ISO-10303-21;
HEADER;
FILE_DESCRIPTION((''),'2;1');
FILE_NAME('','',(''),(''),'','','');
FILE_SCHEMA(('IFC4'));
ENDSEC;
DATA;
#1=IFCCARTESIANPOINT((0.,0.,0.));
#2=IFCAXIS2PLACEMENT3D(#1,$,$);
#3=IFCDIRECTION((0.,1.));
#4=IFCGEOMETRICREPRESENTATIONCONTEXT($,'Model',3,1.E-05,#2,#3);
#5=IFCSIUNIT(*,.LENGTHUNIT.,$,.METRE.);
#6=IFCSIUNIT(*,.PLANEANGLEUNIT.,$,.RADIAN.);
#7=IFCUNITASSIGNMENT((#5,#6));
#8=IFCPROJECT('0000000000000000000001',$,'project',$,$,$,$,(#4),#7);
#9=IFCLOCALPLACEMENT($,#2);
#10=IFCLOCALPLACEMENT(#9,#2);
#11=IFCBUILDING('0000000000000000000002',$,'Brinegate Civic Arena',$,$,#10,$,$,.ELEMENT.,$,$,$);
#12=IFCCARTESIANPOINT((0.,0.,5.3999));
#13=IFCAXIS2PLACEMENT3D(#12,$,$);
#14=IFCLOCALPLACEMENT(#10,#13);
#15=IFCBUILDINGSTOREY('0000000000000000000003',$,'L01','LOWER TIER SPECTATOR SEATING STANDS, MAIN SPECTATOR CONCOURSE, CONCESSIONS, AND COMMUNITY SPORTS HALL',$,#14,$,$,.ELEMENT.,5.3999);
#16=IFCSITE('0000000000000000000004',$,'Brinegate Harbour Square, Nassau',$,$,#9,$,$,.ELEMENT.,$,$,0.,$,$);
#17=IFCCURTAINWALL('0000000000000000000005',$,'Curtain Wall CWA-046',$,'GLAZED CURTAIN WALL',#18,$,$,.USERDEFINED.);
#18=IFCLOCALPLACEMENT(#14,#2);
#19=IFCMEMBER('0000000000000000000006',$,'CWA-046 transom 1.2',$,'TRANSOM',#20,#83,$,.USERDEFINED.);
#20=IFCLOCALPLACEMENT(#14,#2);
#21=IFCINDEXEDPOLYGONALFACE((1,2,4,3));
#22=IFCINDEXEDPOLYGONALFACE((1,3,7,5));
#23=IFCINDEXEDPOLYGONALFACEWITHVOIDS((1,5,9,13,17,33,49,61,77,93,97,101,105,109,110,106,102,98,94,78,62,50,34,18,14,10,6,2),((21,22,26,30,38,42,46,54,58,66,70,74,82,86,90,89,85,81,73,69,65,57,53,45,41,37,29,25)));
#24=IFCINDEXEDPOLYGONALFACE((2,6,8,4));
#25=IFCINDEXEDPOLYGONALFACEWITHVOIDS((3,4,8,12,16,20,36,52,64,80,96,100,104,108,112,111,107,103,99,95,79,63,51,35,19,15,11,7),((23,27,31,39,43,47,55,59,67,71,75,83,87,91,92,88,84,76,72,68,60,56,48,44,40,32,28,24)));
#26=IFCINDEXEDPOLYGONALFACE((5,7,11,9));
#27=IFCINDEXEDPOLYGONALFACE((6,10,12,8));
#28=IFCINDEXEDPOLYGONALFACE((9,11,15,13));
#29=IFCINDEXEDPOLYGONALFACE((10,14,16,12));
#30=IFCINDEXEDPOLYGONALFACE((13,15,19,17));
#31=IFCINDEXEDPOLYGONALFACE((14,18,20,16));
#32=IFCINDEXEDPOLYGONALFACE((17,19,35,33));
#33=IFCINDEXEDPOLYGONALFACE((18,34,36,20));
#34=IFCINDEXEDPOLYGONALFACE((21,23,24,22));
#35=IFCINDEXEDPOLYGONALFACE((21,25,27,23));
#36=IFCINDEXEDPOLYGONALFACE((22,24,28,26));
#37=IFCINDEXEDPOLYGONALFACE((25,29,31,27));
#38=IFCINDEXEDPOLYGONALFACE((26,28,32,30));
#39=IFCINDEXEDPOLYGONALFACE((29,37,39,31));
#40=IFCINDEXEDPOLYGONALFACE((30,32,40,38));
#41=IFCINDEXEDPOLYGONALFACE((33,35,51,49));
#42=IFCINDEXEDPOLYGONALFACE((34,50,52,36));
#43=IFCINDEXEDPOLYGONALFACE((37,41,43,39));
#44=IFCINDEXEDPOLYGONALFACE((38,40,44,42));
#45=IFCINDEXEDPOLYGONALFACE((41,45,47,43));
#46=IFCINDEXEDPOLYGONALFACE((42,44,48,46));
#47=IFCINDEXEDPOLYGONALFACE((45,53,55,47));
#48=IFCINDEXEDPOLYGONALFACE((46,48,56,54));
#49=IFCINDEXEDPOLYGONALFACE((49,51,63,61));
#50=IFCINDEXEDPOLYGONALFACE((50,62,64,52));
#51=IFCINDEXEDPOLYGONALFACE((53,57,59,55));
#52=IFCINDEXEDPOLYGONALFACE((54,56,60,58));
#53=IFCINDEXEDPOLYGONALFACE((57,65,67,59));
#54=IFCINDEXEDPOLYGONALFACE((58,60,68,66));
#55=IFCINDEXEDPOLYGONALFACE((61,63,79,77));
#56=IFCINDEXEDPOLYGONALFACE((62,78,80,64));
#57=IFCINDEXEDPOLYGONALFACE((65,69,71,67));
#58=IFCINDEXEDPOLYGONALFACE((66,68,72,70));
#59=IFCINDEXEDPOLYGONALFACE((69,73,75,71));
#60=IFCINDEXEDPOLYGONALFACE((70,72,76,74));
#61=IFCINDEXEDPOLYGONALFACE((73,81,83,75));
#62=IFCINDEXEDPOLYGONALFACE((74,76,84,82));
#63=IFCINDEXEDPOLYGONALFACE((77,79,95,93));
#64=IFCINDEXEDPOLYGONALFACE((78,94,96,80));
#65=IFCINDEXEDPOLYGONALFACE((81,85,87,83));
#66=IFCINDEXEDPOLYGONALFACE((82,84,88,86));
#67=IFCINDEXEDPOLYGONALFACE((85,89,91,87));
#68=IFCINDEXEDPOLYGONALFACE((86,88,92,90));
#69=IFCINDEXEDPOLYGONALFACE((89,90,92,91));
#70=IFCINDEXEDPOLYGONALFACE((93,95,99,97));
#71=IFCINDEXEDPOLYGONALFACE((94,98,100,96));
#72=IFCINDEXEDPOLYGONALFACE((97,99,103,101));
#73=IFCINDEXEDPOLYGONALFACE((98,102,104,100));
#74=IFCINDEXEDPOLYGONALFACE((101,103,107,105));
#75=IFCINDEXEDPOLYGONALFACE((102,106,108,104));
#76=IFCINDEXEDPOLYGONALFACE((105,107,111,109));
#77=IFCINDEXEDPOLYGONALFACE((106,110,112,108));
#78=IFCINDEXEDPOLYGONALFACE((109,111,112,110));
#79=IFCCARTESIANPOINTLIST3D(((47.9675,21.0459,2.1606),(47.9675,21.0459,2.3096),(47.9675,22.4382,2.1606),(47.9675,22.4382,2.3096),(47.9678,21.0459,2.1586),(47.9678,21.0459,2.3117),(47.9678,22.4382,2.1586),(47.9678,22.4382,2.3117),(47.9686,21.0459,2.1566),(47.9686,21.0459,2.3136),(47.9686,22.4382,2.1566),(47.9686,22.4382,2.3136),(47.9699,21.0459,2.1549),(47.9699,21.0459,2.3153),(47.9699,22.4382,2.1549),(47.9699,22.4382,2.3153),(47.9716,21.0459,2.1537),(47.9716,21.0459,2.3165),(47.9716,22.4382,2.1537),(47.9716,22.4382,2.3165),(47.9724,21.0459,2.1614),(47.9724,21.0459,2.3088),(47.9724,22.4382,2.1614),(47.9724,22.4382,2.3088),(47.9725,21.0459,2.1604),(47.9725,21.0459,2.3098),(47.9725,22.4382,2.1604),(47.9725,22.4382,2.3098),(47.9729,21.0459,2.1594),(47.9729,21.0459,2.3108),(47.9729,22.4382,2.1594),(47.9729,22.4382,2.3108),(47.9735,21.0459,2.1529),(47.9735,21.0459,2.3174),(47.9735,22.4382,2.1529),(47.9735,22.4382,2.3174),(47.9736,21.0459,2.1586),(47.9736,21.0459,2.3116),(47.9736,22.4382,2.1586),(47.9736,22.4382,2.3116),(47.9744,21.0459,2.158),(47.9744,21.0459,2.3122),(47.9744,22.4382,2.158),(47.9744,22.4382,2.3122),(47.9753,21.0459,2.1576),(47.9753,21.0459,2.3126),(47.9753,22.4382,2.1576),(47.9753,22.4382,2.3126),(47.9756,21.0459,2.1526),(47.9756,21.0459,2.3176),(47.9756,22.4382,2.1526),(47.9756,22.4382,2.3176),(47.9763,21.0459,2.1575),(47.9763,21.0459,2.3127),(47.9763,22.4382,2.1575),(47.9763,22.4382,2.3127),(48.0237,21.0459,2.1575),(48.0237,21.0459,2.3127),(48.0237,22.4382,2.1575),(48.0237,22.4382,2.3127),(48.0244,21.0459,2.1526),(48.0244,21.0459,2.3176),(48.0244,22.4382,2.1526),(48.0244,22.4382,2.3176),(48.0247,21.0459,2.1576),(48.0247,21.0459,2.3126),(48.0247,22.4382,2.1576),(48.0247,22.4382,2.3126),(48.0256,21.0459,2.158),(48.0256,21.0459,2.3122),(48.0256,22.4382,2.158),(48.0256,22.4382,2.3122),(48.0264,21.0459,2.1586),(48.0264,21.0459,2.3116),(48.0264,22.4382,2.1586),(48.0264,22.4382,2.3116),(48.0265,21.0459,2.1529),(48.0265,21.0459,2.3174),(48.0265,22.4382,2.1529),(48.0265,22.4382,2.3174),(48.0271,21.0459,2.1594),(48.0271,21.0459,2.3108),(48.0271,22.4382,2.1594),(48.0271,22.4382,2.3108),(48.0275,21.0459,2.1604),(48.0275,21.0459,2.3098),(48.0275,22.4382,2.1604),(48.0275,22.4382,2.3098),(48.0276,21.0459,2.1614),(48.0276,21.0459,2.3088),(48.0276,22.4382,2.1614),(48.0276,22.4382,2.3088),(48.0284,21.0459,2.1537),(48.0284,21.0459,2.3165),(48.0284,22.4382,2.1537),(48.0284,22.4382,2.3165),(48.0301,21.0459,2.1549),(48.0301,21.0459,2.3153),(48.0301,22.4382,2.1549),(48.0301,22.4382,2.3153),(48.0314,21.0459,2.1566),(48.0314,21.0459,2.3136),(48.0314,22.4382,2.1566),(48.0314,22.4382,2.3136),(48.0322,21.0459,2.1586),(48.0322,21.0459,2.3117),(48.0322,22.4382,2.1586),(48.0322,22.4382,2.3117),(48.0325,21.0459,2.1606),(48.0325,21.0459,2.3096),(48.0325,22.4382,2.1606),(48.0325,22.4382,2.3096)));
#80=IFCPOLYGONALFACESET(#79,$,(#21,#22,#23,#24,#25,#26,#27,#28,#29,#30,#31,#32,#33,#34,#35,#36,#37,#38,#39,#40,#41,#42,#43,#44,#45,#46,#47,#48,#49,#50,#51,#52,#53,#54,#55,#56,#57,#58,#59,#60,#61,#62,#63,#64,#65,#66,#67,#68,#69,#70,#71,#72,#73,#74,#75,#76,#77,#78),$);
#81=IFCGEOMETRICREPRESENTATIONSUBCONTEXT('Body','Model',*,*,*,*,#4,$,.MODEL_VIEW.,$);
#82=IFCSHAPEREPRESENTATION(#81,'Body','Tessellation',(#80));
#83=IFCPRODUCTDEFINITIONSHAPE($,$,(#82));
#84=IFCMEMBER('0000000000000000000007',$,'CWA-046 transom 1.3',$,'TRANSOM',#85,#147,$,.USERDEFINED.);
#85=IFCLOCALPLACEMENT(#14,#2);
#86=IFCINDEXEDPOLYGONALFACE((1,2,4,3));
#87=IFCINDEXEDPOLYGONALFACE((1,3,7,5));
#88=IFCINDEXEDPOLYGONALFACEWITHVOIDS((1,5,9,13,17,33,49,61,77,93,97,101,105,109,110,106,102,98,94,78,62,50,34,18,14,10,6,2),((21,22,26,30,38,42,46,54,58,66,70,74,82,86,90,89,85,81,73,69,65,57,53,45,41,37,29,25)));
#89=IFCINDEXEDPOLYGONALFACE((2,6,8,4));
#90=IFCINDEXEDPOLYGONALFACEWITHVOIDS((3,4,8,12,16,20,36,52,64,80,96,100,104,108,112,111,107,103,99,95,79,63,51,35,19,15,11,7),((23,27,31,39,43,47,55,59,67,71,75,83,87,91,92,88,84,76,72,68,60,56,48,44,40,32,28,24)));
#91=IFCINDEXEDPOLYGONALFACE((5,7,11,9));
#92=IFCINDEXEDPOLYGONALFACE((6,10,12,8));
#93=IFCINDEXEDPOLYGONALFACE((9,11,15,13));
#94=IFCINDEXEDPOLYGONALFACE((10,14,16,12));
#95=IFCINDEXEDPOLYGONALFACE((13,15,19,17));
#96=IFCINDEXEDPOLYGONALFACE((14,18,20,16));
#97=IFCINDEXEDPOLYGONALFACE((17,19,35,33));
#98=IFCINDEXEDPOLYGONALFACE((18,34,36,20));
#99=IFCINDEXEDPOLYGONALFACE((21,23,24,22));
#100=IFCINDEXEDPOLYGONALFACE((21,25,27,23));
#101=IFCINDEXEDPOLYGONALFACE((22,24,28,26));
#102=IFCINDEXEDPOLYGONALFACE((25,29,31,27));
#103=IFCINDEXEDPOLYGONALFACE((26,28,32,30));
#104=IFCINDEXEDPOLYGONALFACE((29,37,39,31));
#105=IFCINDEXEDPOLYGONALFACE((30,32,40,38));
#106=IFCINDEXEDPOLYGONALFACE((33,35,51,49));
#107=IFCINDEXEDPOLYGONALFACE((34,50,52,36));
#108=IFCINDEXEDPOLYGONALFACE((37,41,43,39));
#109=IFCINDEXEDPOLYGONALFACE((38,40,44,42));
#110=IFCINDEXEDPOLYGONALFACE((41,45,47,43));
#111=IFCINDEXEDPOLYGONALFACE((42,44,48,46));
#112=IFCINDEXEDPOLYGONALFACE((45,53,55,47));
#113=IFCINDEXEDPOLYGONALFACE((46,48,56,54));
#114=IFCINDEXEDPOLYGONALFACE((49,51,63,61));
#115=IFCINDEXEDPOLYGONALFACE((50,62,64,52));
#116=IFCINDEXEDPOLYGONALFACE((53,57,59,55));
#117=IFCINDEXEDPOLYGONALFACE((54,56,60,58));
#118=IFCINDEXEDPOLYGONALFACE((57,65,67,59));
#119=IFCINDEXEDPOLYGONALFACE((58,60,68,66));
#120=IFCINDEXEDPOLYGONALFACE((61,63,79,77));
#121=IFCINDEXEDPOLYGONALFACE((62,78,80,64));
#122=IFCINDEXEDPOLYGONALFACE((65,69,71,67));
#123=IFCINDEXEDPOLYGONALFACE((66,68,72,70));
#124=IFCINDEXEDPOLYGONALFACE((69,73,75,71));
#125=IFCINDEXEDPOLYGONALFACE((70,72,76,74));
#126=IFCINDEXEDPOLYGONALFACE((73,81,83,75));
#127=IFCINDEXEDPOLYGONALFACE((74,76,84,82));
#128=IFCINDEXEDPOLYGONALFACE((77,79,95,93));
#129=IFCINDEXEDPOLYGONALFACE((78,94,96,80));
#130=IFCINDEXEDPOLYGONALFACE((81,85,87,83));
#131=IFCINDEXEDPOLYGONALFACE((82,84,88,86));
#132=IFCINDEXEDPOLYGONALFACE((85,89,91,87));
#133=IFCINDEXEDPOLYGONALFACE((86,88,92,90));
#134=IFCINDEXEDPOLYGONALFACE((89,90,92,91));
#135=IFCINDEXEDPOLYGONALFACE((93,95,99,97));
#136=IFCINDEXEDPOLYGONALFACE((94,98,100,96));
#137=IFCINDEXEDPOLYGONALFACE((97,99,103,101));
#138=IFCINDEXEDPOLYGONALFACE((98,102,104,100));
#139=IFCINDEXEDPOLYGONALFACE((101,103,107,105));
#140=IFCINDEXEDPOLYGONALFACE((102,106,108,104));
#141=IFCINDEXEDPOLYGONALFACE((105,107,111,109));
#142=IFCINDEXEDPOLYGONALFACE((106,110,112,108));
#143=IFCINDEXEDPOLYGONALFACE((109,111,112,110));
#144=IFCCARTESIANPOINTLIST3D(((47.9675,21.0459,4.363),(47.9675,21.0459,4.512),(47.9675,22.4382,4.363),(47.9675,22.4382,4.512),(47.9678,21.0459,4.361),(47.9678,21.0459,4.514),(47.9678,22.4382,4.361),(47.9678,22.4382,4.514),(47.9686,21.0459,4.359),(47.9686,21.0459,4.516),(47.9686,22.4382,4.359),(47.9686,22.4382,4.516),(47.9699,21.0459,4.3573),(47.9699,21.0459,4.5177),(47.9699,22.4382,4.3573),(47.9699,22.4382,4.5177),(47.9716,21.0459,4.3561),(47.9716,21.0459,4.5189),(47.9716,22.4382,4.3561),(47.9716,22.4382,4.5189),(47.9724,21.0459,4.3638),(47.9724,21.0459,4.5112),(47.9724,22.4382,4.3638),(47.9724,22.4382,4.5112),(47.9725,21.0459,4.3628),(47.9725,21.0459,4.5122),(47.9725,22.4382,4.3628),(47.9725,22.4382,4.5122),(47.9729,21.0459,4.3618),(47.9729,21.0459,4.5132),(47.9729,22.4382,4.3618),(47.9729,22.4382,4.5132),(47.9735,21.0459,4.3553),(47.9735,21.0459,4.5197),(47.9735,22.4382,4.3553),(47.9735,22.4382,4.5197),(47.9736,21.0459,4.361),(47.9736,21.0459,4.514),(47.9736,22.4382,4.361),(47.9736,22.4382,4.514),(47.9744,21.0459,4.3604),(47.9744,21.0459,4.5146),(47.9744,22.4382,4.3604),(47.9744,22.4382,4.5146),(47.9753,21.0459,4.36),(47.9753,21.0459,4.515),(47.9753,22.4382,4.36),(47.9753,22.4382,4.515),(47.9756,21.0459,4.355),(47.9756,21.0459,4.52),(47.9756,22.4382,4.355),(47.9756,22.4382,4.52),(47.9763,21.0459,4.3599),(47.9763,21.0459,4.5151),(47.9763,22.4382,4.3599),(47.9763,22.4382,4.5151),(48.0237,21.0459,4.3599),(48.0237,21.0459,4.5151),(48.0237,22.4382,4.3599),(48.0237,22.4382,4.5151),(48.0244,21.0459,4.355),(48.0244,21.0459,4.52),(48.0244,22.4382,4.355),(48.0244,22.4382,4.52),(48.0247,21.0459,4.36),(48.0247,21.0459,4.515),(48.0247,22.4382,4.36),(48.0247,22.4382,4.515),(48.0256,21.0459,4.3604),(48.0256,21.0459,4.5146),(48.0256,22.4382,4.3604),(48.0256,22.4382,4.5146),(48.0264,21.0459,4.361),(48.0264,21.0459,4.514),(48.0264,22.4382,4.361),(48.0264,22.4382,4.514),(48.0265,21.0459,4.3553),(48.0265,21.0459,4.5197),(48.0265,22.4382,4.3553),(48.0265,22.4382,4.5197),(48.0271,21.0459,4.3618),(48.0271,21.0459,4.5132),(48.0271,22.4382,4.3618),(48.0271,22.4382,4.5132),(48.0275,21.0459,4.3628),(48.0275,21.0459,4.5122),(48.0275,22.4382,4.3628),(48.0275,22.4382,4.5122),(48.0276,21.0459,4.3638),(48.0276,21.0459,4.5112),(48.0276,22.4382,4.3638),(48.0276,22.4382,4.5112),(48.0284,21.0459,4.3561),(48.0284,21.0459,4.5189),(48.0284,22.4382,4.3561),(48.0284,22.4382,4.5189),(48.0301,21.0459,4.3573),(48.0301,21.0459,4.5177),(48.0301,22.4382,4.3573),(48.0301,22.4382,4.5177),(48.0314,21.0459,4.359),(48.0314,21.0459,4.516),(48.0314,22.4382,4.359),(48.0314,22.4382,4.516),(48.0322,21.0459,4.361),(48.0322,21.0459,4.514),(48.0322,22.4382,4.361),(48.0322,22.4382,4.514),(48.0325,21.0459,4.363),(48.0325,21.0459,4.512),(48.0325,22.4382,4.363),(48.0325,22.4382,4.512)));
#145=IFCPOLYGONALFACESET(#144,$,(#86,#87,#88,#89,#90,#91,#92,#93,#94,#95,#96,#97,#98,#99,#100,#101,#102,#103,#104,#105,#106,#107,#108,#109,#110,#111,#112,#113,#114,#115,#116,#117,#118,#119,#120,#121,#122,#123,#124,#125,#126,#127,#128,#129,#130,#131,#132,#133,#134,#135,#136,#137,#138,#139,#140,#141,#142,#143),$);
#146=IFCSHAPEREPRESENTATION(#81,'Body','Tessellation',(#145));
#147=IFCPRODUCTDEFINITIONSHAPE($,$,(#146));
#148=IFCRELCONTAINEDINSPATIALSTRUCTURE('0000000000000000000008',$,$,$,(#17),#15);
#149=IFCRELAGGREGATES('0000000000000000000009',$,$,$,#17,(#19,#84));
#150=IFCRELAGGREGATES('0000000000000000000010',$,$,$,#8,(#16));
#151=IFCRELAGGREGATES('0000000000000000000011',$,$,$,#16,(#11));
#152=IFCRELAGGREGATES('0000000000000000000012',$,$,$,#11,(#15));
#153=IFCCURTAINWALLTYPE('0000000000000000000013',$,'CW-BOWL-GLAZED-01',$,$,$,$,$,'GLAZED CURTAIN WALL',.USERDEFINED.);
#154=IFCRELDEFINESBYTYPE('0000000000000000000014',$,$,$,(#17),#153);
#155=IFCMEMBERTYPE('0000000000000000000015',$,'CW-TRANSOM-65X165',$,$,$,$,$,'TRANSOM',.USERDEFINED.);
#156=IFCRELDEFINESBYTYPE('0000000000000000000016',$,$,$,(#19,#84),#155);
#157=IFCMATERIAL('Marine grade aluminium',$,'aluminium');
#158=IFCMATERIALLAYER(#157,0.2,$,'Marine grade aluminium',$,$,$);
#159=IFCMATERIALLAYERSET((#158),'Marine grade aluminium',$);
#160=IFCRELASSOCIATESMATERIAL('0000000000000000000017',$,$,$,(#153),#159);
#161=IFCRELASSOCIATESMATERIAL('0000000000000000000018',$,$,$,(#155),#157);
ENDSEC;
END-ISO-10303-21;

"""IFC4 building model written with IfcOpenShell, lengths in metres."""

from ifc_helpers import new_model, si_unit, direction, frame, origin, origin_2d, place, context, subcontext, project, spatial, hollow_rectangle, extrude, material, layer, layer_set, material_profile, profile_set, type_object, element, aggregate, save


model = new_model("IFC4")

# Units and contexts
model_context = context("Model", 3, precision=1e-05, world=origin(), true_north=direction((0.0, 1.0)))
body_context = subcontext(model_context, "Body", "Model", "MODEL_VIEW")
ifc_project = project(units=[si_unit("LENGTHUNIT", "METRE"), si_unit("PLANEANGLEUNIT", "RADIAN")], contexts=[model_context])

# Site, building, storey
site_placement = place(None, origin())
site = spatial("IfcSite", under=ifc_project, at=site_placement, Name="Brinegate Harbour Square, Nassau", CompositionType="ELEMENT", RefElevation=0.0)
building_placement = place(site_placement, origin())
building = spatial("IfcBuilding", under=site, at=building_placement, Name="Brinegate Civic Arena", CompositionType="ELEMENT")
storey_placement = place(building_placement, frame((0.0, 0.0, 5.3999)))
storey = spatial("IfcBuildingStorey", under=building, at=storey_placement, Name="L01", Description="LOWER TIER SPECTATOR SEATING STANDS, MAIN SPECTATOR CONCOURSE, CONCESSIONS, AND COMMUNITY SPORTS HALL", CompositionType="ELEMENT", Elevation=5.3999)

# Curtain wall
ifc_material_1 = material(Name="Marine grade aluminium", Category="aluminium")
ifc_layer_1 = layer(ifc_material_1, 0.2, Name="Marine grade aluminium")
ifc_layer_set_1 = layer_set([ifc_layer_1], Name="Marine grade aluminium")
curtain_wall_type = type_object("IfcCurtainWallType", Name="CW-BOWL-GLAZED-01", ElementType="GLAZED CURTAIN WALL", PredefinedType="USERDEFINED", material=ifc_layer_set_1)
curtain_wall_1_placement = place(storey_placement, origin())
curtain_wall_1 = element("IfcCurtainWall", 1, at=curtain_wall_1_placement, inside=storey, type_object=curtain_wall_type, Name="Curtain Wall CWA-046", ObjectType="GLAZED CURTAIN WALL", PredefinedType="USERDEFINED")

# Members
ifc_material_profile_1 = material_profile(ifc_material_1, hollow_rectangle(XDim=0.0649, YDim=0.165, WallThickness=0.0049, InnerFilletRadius=0.0039, OuterFilletRadius=0.0081, at=origin_2d()), Name="TRN65X165")
ifc_profile_set_1 = profile_set([ifc_material_profile_1], Name="Marine grade aluminium")
member_type_1 = type_object("IfcMemberType", Name="CW-TRANSOM-65X165", ElementType="TRANSOM", PredefinedType="USERDEFINED", material=ifc_profile_set_1)
member_1_placement = place(storey_placement, frame((48.0, 21.0459, 2.2351), z_axis=(0.0, 1.0, 0.0), x_axis=(-1.0, 0.0, 0.0)))
member_1 = element("IfcMember", 2, at=member_1_placement, type_object=member_type_1, Name="CWA-046 transom 1.2", ObjectType="TRANSOM", PredefinedType="USERDEFINED", context=body_context, shape_type="SweptSolid", body=[
    extrude(hollow_rectangle(XDim=0.0649, YDim=0.165, WallThickness=0.0049, InnerFilletRadius=0.0039, OuterFilletRadius=0.0081, at=origin_2d()), origin(), (0.0, 0.0, 1.0), 1.3923),
])
member_2_placement = place(storey_placement, frame((48.0, 21.0459, 4.4375), z_axis=(0.0, 1.0, 0.0), x_axis=(-1.0, 0.0, 0.0)))
member_2 = element("IfcMember", 3, at=member_2_placement, type_object=member_type_1, Name="CWA-046 transom 1.3", ObjectType="TRANSOM", PredefinedType="USERDEFINED", context=body_context, shape_type="SweptSolid", body=[
    extrude(hollow_rectangle(XDim=0.0649, YDim=0.165, WallThickness=0.0049, InnerFilletRadius=0.0039, OuterFilletRadius=0.0081, at=origin_2d()), origin(), (0.0, 0.0, 1.0), 1.3923),
])

aggregate(curtain_wall_1, [member_1, member_2])

save(model, "model.ifc")
